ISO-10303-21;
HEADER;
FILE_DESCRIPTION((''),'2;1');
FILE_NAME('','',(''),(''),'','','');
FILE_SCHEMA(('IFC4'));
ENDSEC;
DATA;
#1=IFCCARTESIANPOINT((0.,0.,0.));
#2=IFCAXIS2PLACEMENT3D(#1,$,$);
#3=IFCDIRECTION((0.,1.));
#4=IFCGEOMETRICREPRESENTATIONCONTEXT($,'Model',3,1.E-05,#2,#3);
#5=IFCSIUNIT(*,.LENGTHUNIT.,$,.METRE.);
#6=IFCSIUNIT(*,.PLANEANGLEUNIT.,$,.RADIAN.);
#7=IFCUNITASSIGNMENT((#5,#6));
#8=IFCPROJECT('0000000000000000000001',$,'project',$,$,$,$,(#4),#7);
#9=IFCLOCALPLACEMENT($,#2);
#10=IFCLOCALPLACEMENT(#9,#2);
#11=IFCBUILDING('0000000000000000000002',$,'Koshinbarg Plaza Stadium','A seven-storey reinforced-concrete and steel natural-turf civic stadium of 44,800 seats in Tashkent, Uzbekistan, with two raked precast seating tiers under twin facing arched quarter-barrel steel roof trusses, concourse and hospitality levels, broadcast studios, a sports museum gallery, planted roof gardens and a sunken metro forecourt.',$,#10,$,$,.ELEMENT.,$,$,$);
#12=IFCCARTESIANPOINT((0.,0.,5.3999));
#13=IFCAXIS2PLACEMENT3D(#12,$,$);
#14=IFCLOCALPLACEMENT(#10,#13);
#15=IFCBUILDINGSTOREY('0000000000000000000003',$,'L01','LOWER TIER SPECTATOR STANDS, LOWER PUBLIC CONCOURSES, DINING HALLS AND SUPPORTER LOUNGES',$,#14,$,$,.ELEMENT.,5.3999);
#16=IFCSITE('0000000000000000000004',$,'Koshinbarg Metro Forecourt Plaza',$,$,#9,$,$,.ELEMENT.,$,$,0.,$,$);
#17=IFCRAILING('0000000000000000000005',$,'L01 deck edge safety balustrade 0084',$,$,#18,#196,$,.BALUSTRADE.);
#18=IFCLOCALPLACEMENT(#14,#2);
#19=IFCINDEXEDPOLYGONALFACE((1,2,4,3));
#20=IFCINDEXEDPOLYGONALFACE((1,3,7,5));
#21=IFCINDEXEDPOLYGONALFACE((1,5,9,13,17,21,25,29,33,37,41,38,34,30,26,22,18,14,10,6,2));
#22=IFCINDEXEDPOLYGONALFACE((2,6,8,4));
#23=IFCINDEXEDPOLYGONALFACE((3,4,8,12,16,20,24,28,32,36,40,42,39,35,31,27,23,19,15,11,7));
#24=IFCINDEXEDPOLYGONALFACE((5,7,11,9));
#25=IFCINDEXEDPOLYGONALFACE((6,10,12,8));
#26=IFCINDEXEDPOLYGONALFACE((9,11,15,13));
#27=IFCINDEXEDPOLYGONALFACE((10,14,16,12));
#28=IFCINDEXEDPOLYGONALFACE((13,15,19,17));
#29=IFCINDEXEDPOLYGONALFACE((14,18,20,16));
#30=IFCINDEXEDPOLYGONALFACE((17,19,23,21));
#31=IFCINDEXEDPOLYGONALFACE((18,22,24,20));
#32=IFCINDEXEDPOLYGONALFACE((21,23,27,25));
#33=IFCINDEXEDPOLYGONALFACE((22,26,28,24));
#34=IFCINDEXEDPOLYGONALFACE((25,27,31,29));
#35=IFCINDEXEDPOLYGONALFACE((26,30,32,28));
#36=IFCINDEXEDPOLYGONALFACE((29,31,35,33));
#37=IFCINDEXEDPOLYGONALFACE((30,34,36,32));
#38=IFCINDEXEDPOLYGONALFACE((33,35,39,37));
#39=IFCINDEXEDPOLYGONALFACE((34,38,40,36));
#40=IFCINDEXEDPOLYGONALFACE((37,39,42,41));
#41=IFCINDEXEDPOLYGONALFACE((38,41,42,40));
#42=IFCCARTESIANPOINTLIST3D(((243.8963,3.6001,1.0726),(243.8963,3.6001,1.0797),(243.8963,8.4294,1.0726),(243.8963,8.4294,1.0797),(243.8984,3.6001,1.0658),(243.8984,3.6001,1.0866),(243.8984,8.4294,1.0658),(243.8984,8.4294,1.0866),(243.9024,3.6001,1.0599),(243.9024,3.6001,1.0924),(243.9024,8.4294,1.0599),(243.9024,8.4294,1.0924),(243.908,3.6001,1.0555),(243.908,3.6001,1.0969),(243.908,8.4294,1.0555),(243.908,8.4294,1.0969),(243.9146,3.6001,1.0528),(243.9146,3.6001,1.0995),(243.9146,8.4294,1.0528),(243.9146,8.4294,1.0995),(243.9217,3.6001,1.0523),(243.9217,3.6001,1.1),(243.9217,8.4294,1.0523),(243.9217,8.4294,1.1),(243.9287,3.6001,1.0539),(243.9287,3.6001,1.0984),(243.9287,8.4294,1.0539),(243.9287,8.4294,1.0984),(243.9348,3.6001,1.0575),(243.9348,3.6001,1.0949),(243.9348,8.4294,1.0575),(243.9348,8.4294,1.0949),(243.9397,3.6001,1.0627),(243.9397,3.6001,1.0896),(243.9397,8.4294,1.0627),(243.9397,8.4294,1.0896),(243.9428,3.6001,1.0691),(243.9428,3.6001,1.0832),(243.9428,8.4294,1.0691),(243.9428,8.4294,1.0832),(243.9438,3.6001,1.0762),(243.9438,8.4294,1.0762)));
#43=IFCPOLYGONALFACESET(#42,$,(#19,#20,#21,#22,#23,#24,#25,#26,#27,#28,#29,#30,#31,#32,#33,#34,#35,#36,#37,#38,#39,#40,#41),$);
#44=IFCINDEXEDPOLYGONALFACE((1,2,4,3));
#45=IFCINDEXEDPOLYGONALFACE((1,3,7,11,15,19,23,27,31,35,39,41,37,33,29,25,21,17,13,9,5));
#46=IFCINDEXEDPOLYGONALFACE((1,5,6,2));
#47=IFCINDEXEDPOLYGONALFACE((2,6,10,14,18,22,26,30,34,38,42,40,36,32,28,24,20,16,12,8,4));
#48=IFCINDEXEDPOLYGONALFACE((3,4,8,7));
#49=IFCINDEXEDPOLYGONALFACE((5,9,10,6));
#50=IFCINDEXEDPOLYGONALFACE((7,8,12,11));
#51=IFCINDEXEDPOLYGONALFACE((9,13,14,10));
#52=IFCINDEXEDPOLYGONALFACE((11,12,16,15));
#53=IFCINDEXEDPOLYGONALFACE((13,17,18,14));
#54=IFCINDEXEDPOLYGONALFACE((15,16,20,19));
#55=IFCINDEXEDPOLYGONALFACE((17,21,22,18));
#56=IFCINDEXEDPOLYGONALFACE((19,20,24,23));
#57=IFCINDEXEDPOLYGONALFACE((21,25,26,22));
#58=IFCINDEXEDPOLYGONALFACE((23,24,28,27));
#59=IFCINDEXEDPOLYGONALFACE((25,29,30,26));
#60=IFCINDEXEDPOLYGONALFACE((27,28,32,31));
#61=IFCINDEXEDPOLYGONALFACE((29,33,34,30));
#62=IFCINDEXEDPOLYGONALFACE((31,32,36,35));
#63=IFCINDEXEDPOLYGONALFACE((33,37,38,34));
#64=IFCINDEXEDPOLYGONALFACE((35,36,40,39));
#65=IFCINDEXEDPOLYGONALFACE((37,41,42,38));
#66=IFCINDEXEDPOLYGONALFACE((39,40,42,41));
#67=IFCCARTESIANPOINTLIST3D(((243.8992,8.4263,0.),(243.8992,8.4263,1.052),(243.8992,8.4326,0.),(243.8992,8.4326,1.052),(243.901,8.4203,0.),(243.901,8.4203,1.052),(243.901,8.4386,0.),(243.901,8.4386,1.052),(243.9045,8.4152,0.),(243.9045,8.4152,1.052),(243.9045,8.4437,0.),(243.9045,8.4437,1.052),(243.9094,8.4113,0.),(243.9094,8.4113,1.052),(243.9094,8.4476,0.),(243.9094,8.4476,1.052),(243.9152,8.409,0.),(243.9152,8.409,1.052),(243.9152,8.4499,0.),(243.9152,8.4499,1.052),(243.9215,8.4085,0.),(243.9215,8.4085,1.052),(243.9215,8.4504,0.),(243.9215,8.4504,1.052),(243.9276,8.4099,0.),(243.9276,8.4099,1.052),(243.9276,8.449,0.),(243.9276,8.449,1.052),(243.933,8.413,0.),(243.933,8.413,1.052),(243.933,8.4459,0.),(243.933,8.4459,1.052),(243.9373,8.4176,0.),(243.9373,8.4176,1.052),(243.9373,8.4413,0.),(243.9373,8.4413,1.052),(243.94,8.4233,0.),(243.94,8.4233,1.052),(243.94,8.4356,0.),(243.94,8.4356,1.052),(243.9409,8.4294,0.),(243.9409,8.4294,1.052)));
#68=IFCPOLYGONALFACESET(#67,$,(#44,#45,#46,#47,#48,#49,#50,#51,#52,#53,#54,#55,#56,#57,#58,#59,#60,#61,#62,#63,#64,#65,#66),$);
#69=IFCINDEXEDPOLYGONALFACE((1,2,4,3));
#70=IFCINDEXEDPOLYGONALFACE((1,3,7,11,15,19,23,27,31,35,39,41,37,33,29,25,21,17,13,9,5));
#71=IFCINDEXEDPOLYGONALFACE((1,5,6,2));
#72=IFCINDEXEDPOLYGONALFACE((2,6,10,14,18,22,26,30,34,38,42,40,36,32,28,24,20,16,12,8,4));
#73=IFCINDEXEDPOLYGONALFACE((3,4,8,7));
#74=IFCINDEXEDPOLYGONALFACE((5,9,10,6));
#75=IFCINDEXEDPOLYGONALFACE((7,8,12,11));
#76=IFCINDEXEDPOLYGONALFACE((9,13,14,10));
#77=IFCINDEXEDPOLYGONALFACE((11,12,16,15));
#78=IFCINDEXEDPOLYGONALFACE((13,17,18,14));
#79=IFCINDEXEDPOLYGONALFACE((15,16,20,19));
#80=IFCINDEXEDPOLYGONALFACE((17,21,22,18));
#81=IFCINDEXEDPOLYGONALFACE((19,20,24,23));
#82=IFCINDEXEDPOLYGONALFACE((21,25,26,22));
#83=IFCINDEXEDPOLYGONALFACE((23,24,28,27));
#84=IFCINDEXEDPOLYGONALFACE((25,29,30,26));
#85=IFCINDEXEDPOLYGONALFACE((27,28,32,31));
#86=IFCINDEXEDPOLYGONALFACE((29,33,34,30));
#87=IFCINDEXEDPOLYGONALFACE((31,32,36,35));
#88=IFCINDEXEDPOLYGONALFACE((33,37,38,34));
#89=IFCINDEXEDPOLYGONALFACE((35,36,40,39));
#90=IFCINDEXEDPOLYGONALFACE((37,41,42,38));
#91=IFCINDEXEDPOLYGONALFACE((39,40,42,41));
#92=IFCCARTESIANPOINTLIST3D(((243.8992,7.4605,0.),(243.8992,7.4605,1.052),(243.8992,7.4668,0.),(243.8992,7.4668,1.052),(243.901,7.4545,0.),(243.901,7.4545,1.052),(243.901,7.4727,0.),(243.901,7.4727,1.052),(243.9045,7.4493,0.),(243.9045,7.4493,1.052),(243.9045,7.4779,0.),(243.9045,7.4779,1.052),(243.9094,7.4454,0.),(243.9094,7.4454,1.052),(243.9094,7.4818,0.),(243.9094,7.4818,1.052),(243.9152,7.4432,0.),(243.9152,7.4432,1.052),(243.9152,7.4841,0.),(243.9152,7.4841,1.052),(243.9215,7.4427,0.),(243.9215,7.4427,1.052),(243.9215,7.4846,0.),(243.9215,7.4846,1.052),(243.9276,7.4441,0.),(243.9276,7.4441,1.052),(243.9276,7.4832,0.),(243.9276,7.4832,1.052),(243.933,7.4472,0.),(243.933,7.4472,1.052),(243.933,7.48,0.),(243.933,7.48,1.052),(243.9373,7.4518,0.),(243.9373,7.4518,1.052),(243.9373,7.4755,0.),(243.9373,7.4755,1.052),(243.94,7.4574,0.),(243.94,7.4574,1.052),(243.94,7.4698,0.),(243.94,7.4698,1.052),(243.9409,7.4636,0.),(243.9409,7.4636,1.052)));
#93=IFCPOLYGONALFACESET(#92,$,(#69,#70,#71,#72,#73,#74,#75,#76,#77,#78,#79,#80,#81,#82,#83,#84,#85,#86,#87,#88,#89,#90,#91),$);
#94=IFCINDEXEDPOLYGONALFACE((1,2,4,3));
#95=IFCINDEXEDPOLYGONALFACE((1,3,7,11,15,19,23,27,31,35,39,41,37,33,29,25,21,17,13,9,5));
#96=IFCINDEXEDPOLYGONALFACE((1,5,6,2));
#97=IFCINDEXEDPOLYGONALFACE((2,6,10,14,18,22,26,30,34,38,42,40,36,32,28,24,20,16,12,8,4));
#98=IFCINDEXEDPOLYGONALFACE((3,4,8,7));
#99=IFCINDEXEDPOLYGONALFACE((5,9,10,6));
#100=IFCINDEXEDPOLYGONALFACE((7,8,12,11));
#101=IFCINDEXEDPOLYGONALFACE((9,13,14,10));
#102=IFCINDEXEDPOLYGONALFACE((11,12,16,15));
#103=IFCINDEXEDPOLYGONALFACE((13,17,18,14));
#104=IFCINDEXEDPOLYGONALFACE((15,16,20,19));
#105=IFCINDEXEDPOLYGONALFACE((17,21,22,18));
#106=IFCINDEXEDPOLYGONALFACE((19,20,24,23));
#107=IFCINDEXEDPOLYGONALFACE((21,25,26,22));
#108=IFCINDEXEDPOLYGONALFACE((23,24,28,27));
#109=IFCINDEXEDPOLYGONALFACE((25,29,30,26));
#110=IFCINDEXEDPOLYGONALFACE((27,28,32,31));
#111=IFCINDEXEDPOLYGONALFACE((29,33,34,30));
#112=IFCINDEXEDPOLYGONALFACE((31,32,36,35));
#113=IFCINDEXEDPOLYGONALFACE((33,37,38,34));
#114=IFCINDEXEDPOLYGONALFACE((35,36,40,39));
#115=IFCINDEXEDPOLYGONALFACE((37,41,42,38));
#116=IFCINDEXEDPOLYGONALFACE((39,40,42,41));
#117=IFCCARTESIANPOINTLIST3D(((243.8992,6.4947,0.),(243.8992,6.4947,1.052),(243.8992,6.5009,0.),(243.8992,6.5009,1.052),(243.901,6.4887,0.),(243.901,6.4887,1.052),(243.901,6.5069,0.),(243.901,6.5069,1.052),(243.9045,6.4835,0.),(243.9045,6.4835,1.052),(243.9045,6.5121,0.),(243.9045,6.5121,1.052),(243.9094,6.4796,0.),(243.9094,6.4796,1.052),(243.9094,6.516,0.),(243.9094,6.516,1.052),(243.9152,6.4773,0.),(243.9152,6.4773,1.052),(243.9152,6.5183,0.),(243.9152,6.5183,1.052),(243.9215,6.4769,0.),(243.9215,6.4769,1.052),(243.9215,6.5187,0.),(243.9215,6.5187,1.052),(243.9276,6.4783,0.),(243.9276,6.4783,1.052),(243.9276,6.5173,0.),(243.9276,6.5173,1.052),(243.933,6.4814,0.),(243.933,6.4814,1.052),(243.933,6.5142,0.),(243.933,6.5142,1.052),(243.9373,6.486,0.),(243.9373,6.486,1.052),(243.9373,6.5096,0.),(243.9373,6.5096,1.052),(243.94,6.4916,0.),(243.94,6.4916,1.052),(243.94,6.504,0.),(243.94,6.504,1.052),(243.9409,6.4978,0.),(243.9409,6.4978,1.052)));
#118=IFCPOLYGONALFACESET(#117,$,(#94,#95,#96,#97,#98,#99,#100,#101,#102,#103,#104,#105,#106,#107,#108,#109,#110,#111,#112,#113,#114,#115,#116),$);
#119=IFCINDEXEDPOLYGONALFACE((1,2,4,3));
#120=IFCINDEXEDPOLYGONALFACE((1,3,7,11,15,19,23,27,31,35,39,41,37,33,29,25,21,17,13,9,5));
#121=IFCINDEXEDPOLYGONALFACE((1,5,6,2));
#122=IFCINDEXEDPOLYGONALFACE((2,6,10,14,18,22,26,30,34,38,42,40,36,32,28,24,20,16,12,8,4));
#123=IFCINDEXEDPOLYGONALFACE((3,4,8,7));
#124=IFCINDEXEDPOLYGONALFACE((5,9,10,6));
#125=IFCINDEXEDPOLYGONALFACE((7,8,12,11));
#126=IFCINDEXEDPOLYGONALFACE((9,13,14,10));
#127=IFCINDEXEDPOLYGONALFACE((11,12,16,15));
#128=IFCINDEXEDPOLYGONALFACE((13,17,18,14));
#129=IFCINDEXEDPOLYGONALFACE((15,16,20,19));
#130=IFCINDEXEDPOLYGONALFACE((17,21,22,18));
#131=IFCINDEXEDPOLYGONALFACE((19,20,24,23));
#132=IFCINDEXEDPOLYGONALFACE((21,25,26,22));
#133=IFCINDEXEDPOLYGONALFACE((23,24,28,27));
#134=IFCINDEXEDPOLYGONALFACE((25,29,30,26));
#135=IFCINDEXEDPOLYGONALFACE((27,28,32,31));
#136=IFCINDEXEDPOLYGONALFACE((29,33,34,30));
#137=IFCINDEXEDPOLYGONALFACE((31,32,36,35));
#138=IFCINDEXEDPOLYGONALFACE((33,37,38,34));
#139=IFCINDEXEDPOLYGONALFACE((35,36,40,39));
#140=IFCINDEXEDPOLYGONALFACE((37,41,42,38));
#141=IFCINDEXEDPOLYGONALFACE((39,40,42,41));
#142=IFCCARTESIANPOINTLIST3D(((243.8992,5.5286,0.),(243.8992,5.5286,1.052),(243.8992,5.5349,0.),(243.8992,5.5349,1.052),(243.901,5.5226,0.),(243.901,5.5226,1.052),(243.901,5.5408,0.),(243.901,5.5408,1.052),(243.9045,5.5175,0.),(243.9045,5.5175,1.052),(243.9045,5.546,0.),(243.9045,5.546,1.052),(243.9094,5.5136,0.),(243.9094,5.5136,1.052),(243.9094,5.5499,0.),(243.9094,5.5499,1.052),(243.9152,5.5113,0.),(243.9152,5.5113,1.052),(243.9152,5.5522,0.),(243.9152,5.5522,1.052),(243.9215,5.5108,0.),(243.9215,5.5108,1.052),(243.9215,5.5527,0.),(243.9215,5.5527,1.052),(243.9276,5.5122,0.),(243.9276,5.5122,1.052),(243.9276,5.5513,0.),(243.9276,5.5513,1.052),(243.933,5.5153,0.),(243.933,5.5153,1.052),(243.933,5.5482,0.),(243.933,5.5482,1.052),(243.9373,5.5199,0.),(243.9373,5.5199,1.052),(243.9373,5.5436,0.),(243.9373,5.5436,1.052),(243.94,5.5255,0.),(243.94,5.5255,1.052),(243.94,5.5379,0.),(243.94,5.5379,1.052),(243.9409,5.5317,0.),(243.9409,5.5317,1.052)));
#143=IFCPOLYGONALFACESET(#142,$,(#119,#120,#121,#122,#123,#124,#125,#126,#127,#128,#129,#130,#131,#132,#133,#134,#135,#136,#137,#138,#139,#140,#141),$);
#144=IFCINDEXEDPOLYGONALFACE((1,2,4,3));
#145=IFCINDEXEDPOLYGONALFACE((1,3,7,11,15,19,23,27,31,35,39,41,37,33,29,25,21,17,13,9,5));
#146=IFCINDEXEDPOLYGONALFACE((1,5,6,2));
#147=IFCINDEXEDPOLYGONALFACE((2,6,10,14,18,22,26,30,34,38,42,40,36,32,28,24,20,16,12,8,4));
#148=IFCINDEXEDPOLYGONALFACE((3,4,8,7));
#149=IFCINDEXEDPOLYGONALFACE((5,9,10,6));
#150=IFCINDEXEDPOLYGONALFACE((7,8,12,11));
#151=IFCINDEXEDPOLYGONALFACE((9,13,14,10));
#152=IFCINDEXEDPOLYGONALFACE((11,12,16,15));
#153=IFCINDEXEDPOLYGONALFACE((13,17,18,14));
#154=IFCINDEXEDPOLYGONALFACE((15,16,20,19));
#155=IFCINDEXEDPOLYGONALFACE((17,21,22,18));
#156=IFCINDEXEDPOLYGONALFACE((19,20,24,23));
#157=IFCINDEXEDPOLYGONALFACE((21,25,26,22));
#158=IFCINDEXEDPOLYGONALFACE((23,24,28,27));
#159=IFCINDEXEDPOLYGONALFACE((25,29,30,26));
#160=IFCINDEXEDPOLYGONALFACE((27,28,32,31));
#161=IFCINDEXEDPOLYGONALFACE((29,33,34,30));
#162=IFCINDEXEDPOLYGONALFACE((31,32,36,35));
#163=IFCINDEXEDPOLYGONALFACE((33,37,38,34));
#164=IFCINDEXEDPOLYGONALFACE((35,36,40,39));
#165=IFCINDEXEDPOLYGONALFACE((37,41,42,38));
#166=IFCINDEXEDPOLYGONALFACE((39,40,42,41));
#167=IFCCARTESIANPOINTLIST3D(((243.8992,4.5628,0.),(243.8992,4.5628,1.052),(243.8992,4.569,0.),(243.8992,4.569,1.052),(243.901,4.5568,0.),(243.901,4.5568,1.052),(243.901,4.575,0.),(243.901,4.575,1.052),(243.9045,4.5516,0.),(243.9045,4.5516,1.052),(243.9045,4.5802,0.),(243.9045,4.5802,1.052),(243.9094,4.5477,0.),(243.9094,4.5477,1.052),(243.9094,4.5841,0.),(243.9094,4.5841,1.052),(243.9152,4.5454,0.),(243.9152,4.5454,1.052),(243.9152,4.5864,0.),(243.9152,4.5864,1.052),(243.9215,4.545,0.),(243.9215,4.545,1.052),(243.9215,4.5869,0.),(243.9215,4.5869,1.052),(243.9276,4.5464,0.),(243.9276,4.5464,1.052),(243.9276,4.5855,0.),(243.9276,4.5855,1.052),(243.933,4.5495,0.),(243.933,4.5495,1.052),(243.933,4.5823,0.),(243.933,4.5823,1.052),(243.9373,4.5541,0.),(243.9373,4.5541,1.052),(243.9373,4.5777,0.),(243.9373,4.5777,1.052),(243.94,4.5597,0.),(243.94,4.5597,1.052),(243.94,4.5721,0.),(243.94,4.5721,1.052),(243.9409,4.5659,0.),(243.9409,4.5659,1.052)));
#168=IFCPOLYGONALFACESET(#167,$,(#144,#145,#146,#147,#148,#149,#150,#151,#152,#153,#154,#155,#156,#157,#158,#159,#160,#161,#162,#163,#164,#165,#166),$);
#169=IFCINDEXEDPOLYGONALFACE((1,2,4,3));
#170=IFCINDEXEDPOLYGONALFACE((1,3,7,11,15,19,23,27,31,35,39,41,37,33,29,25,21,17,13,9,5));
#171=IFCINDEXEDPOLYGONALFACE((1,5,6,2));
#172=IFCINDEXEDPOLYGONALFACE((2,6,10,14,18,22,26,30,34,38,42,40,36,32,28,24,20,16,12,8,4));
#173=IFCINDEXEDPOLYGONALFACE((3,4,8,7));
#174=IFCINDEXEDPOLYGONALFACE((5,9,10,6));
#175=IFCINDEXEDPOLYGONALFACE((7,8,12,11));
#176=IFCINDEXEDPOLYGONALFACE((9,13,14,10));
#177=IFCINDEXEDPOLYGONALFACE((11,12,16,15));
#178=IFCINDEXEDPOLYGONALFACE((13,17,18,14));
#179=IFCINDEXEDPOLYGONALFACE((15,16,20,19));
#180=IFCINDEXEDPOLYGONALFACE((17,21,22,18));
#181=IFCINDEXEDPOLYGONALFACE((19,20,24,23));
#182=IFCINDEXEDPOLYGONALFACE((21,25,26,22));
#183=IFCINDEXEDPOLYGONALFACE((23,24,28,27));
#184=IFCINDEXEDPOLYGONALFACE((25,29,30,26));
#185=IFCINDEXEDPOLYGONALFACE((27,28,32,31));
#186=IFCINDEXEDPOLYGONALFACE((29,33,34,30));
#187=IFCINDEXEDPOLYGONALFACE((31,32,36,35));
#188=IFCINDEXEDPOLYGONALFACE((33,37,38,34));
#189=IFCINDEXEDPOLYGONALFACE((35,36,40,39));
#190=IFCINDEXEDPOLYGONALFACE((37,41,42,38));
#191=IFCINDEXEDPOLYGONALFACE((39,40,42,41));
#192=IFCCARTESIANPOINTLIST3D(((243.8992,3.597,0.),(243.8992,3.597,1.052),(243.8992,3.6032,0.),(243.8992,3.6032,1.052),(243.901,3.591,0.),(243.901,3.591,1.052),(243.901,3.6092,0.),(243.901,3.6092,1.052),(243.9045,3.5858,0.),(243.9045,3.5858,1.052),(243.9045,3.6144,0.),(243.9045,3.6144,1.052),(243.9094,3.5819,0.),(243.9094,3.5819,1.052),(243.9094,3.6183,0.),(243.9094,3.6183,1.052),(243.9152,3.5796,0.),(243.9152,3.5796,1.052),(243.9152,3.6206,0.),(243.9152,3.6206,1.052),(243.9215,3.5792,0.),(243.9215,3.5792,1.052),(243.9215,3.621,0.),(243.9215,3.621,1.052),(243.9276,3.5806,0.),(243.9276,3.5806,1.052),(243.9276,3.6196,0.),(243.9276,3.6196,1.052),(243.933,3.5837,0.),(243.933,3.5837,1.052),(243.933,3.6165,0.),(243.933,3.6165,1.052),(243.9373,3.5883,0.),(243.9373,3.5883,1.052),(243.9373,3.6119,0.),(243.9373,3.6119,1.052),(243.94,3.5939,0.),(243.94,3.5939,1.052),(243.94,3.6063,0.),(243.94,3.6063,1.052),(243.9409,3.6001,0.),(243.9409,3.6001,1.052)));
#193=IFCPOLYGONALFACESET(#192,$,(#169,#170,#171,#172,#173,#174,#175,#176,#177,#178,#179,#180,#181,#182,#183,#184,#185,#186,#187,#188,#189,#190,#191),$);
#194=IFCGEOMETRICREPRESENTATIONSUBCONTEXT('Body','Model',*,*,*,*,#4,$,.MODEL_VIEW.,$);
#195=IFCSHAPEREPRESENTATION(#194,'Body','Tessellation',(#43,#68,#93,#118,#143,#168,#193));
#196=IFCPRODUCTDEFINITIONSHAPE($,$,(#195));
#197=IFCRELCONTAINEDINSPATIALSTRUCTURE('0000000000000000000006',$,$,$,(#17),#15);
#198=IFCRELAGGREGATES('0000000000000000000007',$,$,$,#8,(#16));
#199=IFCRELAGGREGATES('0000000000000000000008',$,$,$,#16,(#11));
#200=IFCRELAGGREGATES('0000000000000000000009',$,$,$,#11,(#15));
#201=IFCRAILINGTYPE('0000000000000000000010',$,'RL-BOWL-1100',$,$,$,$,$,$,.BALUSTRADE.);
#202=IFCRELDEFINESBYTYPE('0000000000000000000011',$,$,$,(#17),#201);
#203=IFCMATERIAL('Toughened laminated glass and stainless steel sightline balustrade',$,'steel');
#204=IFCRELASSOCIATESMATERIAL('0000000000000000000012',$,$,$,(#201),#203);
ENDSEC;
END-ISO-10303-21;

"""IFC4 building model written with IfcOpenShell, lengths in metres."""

from ifc_helpers import new_model, si_unit, direction, frame, origin, origin_2d, place, context, subcontext, project, spatial, circle, extrude, material, type_object, element, save


model = new_model("IFC4")

# Units and contexts
model_context = context("Model", 3, precision=1e-05, world=origin(), true_north=direction((0.0, 1.0)))
body_context = subcontext(model_context, "Body", "Model", "MODEL_VIEW")
ifc_project = project(units=[si_unit("LENGTHUNIT", "METRE"), si_unit("PLANEANGLEUNIT", "RADIAN")], contexts=[model_context])

# Site, building, storey
site_placement = place(None, origin())
site = spatial("IfcSite", under=ifc_project, at=site_placement, Name="Koshinbarg Metro Forecourt Plaza", CompositionType="ELEMENT", RefElevation=0.0)
building_placement = place(site_placement, origin())
building = spatial("IfcBuilding", under=site, at=building_placement, Name="Koshinbarg Plaza Stadium", Description="A seven-storey reinforced-concrete and steel natural-turf civic stadium of 44,800 seats in Tashkent, Uzbekistan, with two raked precast seating tiers under twin facing arched quarter-barrel steel roof trusses, concourse and hospitality levels, broadcast studios, a sports museum gallery, planted roof gardens and a sunken metro forecourt.", CompositionType="ELEMENT")
storey_placement = place(building_placement, frame((0.0, 0.0, 5.3999)))
storey = spatial("IfcBuildingStorey", under=building, at=storey_placement, Name="L01", Description="LOWER TIER SPECTATOR STANDS, LOWER PUBLIC CONCOURSES, DINING HALLS AND SUPPORTER LOUNGES", CompositionType="ELEMENT", Elevation=5.3999)

# Railing
ifc_material_1 = material(Name="Toughened laminated glass and stainless steel sightline balustrade", Category="steel")
railing_type = type_object("IfcRailingType", Name="RL-BOWL-1100", PredefinedType="BALUSTRADE", material=ifc_material_1)
railing_1_placement = place(storey_placement, frame((243.9199, 8.4294, 0.0)))
element("IfcRailing", 1, at=railing_1_placement, inside=storey, type_object=railing_type, Name="L01 deck edge safety balustrade 0084", PredefinedType="BALUSTRADE", context=body_context, shape_type="SweptSolid", body=[
    extrude(circle(Radius=0.0239, at=origin_2d()), frame((0.0, 0.0, 1.0762), z_axis=(0.0, -1.0, 0.0), x_axis=(1.0, 0.0, 0.0)), (0.0, 0.0, 1.0), 4.8293),
    extrude(circle(Radius=0.021, at=origin_2d()), origin(), (0.0, 0.0, 1.0), 1.052),
    extrude(circle(Radius=0.021, at=origin_2d()), frame((0.0, -0.9658, 0.0)), (0.0, 0.0, 1.0), 1.052),
    extrude(circle(Radius=0.021, at=origin_2d()), frame((0.0, -1.9316, 0.0)), (0.0, 0.0, 1.0), 1.052),
    extrude(circle(Radius=0.021, at=origin_2d()), frame((0.0, -2.8977, 0.0)), (0.0, 0.0, 1.0), 1.052),
    extrude(circle(Radius=0.021, at=origin_2d()), frame((0.0, -3.8635, 0.0)), (0.0, 0.0, 1.0), 1.052),
    extrude(circle(Radius=0.021, at=origin_2d()), frame((0.0, -4.8293, 0.0)), (0.0, 0.0, 1.0), 1.052),
])

save(model, "model.ifc")
